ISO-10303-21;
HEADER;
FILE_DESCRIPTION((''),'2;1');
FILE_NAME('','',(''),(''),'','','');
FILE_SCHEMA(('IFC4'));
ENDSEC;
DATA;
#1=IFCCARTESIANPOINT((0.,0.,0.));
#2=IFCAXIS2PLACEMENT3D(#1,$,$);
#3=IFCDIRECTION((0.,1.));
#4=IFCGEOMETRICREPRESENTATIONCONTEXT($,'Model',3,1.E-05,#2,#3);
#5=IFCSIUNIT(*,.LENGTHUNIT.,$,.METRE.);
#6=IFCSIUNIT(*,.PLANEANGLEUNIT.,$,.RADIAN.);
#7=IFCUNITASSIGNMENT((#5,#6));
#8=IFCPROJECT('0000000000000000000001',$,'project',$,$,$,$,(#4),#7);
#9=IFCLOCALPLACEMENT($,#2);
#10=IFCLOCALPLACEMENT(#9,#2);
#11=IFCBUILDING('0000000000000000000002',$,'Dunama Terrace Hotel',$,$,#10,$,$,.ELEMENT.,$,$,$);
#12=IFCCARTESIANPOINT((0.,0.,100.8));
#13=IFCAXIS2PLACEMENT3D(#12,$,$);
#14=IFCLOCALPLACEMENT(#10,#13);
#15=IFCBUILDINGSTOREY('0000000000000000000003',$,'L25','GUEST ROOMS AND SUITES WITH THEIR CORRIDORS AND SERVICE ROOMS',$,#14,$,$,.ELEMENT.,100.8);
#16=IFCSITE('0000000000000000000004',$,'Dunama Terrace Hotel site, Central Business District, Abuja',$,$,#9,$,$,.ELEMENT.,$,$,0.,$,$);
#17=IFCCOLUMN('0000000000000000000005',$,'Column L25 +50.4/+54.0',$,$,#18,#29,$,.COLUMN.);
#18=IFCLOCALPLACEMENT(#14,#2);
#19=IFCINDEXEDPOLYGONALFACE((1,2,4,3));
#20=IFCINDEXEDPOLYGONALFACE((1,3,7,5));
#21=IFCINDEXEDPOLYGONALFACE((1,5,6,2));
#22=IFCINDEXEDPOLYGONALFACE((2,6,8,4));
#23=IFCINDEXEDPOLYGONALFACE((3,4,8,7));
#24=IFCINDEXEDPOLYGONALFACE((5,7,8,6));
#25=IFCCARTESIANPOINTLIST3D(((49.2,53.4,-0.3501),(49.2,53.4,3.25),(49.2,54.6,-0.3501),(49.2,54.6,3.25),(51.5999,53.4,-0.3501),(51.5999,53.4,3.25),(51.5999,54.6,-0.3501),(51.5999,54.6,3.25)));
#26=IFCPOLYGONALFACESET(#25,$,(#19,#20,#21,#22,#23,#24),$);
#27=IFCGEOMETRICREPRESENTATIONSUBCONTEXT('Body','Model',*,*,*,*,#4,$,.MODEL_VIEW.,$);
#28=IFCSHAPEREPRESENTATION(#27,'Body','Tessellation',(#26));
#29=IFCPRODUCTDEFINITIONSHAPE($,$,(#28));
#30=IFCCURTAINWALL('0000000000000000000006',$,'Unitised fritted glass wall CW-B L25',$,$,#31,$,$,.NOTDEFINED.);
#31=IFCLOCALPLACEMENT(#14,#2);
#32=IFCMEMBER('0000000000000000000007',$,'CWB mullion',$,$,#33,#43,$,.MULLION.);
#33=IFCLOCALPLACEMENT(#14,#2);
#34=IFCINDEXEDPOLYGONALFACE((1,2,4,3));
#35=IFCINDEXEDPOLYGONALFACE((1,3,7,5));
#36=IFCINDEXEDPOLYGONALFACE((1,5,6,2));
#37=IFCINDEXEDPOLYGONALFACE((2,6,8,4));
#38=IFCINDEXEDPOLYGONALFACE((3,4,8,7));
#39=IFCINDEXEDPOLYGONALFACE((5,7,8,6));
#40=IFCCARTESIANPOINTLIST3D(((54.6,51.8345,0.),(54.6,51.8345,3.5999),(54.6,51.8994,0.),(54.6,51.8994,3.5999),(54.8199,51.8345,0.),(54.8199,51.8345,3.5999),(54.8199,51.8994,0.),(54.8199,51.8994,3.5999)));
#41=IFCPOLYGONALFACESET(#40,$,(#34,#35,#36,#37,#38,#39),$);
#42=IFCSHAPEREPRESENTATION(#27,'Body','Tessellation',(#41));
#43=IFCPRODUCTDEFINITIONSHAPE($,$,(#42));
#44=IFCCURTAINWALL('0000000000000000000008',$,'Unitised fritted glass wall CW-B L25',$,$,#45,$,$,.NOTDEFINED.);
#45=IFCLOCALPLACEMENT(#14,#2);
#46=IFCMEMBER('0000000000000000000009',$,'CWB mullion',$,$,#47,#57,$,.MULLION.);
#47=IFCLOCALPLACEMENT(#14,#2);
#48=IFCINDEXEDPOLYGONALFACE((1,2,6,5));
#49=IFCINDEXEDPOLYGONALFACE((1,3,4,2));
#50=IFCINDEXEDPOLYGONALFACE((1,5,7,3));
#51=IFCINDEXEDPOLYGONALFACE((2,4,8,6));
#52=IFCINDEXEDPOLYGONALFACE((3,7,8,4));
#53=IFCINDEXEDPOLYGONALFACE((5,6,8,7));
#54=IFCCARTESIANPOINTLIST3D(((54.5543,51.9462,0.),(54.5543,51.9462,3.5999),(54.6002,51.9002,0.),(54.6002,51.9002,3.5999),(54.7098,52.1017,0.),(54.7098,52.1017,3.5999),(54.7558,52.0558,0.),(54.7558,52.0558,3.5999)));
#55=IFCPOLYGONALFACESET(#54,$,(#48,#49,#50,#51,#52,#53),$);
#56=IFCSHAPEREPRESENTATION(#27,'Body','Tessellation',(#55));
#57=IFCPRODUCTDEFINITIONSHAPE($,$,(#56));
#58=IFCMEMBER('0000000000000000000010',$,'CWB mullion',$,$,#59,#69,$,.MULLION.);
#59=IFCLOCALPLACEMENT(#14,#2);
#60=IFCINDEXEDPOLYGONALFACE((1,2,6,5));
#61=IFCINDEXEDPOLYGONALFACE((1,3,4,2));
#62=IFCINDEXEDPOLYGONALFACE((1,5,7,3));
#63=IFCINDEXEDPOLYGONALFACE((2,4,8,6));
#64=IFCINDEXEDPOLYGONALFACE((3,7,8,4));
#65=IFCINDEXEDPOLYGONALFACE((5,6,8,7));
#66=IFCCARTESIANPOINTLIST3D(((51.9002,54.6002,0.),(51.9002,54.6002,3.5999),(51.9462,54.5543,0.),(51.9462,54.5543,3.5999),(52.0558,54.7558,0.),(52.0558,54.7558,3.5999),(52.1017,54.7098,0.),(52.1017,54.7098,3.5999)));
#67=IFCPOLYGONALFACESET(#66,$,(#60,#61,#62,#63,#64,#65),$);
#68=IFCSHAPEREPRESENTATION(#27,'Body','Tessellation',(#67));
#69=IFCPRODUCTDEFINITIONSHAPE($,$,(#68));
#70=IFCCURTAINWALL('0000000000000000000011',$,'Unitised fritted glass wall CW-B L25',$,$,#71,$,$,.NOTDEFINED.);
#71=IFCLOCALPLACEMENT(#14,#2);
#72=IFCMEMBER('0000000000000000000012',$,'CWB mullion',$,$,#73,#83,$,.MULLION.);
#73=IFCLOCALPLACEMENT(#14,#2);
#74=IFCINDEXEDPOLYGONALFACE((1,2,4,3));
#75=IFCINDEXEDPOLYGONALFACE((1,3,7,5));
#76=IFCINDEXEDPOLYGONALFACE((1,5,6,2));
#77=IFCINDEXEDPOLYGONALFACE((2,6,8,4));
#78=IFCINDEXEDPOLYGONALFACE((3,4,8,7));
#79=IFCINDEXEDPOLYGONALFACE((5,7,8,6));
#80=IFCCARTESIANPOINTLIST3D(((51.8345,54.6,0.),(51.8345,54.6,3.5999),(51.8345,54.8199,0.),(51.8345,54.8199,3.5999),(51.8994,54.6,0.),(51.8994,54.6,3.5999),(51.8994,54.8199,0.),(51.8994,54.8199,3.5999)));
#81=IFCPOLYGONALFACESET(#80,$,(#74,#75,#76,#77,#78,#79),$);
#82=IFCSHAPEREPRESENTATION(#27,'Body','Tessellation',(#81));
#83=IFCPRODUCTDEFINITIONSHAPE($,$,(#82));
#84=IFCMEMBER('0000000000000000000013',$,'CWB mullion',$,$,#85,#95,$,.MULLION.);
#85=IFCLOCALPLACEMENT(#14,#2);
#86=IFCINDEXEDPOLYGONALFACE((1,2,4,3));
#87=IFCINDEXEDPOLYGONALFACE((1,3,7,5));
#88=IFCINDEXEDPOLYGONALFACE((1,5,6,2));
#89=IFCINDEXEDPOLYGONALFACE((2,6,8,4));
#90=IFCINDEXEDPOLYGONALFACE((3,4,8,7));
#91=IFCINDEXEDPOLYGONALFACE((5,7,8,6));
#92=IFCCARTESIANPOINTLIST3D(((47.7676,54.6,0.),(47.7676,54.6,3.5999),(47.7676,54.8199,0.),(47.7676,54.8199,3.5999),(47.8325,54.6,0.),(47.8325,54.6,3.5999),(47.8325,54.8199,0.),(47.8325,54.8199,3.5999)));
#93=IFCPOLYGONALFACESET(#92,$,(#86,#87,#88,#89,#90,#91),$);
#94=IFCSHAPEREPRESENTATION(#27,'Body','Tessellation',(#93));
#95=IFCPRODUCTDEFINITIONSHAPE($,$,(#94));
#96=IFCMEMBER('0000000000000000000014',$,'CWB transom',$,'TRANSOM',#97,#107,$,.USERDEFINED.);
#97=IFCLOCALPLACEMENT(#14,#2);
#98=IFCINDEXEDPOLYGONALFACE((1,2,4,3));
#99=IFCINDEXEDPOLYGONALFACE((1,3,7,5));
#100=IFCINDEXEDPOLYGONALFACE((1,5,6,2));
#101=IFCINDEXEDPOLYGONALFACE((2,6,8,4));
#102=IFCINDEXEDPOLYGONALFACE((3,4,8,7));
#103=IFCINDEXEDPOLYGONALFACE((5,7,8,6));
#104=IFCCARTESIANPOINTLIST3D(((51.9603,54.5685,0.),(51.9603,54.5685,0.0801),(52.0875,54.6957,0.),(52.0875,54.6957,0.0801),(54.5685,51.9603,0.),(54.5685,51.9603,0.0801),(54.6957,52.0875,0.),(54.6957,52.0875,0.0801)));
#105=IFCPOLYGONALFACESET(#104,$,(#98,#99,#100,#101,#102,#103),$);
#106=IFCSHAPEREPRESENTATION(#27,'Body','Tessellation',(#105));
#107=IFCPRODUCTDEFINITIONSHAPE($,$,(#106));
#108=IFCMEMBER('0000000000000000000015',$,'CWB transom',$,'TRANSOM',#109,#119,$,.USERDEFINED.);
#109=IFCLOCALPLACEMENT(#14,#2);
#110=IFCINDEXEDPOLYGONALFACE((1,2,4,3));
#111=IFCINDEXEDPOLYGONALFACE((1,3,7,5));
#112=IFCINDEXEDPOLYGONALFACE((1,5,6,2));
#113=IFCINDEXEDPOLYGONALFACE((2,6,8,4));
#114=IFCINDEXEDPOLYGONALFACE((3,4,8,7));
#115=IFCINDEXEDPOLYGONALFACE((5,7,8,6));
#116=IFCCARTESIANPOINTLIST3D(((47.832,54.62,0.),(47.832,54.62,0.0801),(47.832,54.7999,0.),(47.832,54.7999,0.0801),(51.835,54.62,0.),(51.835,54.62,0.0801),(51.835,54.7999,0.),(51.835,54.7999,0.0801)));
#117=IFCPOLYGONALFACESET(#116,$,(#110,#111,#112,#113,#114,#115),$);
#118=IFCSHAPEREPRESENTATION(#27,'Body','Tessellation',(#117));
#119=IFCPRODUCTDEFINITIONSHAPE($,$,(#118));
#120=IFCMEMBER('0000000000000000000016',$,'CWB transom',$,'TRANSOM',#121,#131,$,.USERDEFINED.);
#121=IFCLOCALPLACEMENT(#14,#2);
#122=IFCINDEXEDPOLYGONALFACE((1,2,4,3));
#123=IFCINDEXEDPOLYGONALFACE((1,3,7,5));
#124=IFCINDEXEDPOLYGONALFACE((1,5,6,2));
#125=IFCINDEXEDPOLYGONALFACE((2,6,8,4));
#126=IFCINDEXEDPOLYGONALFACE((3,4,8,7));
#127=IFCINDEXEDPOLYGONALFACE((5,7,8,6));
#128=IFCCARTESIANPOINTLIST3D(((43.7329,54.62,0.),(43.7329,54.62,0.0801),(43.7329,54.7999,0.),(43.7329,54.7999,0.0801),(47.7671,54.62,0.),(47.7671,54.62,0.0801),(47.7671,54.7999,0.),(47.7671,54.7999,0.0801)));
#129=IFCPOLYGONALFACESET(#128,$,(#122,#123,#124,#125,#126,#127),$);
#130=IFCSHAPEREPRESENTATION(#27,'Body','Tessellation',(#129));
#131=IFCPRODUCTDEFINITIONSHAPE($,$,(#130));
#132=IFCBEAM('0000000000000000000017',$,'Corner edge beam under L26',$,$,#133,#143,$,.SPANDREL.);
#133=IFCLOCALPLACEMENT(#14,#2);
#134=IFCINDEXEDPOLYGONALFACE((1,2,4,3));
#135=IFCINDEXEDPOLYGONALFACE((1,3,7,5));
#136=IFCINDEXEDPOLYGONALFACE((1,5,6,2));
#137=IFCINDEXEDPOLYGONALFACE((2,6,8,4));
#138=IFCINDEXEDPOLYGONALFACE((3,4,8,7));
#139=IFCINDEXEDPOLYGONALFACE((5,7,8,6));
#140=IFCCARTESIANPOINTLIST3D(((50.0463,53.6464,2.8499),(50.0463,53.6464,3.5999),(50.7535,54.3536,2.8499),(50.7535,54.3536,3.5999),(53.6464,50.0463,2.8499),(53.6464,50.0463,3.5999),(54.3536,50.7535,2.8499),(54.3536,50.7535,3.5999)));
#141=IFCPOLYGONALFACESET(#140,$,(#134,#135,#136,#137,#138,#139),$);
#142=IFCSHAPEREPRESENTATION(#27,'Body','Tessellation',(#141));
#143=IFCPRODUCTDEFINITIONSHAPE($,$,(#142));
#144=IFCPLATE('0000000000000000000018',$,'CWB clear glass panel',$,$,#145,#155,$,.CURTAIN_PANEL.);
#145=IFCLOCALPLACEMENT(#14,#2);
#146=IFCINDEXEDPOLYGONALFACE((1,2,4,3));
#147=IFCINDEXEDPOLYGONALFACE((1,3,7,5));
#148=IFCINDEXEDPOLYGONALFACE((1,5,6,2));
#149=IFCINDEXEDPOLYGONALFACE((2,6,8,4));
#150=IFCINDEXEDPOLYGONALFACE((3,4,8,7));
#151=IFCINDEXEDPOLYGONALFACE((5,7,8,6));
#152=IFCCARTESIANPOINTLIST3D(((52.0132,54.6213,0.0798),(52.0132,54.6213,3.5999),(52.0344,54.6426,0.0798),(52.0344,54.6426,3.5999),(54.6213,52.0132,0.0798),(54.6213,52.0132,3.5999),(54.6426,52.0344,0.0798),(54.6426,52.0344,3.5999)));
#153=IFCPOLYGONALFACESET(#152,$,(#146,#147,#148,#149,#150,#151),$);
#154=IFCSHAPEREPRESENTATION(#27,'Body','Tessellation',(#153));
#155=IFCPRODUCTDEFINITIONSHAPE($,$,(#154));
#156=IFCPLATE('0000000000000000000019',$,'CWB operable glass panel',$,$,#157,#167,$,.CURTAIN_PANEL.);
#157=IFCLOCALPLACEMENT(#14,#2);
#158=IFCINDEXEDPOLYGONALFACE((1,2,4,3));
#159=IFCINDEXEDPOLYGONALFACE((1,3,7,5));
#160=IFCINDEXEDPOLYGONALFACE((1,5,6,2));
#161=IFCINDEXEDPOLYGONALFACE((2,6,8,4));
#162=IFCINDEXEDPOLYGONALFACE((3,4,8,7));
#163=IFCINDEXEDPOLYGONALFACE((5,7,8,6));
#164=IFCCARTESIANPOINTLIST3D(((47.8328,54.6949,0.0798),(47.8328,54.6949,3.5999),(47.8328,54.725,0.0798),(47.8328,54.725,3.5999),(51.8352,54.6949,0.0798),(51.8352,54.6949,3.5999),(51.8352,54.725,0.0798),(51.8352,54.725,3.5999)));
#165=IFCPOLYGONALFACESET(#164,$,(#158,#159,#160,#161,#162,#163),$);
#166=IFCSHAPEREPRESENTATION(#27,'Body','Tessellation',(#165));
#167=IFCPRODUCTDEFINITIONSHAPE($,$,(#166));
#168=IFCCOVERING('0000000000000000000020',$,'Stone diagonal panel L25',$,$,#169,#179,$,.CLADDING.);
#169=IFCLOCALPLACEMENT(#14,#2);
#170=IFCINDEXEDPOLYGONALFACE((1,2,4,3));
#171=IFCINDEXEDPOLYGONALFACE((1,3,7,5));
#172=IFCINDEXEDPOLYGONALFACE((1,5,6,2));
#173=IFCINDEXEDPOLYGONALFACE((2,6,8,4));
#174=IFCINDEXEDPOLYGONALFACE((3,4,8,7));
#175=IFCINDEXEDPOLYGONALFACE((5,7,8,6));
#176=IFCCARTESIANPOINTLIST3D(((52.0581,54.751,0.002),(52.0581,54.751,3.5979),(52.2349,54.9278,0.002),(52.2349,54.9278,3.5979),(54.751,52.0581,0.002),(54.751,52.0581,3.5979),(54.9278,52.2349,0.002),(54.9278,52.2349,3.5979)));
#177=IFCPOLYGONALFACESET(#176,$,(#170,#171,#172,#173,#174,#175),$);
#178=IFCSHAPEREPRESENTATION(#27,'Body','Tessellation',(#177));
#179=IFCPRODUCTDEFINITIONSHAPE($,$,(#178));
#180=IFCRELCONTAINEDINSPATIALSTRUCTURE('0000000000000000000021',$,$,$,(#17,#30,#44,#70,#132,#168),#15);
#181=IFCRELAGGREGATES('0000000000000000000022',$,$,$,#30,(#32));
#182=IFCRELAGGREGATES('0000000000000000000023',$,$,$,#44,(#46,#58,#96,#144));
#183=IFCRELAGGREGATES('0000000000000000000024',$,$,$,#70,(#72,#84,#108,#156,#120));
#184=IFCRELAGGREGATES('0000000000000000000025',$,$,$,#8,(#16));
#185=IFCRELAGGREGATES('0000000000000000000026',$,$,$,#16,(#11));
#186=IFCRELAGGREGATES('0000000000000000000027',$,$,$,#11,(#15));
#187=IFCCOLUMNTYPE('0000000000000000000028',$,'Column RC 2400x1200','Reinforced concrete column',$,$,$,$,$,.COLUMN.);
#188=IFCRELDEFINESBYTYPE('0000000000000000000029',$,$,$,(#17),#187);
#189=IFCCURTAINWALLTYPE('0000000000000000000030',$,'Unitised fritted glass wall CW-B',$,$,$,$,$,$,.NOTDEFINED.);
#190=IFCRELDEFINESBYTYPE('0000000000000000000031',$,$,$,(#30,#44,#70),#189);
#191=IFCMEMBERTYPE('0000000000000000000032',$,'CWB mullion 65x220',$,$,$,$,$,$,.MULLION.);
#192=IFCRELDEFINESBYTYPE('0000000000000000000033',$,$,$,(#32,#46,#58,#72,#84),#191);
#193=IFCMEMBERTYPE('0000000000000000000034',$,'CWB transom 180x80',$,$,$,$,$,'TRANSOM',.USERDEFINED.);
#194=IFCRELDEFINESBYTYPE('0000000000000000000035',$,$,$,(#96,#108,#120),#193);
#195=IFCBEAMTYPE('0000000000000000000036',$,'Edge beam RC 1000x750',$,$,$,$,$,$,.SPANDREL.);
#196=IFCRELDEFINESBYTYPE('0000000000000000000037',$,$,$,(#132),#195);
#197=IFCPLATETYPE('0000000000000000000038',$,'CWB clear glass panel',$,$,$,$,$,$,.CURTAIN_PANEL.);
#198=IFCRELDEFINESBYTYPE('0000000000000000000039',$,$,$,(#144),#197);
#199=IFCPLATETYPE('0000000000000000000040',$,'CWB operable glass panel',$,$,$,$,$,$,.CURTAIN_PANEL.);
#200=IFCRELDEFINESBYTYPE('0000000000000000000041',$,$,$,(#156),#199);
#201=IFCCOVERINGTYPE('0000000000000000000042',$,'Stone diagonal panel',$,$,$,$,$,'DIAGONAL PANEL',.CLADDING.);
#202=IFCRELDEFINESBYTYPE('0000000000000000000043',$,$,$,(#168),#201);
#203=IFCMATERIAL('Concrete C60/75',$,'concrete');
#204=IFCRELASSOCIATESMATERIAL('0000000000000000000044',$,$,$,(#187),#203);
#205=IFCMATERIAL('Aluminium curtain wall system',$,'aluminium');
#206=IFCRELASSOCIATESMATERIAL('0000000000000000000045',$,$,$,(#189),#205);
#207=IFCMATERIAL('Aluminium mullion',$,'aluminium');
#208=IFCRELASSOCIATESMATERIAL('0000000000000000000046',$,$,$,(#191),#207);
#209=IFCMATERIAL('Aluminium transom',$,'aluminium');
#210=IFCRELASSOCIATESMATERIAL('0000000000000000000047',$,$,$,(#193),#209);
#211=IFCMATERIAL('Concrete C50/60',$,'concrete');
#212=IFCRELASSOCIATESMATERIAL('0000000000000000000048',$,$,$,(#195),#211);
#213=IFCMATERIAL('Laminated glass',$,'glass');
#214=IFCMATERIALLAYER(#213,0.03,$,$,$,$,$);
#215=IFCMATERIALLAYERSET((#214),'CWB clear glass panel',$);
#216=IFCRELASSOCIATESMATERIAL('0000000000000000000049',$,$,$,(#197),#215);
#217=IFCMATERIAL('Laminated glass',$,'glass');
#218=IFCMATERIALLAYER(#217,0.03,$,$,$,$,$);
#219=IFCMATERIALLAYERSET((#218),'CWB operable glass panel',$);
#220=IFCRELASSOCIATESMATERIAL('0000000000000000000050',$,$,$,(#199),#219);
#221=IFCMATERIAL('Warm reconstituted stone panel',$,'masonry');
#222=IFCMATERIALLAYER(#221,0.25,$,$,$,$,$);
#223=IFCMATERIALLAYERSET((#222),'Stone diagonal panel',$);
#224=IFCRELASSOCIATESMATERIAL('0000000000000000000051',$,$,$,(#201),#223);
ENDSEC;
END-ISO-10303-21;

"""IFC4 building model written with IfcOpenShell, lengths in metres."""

from ifc_helpers import new_model, si_unit, direction, frame, origin, origin_2d, place, context, subcontext, project, spatial, rectangle, extrude, material, layer, layer_set, material_profile, profile_set, type_object, element, aggregate, save


model = new_model("IFC4")

# Units and contexts
model_context = context("Model", 3, precision=1e-05, world=origin(), true_north=direction((0.0, 1.0)))
body_context = subcontext(model_context, "Body", "Model", "MODEL_VIEW")
ifc_project = project(units=[si_unit("LENGTHUNIT", "METRE"), si_unit("PLANEANGLEUNIT", "RADIAN")], contexts=[model_context])

# Site, building, storey
site_placement = place(None, origin())
site = spatial("IfcSite", under=ifc_project, at=site_placement, Name="Dunama Terrace Hotel site, Central Business District, Abuja", CompositionType="ELEMENT", RefElevation=0.0)
building_placement = place(site_placement, origin())
building = spatial("IfcBuilding", under=site, at=building_placement, Name="Dunama Terrace Hotel", CompositionType="ELEMENT")
storey_placement = place(building_placement, frame((0.0, 0.0, 100.8)))
storey = spatial("IfcBuildingStorey", under=building, at=storey_placement, Name="L25", Description="GUEST ROOMS AND SUITES WITH THEIR CORRIDORS AND SERVICE ROOMS", CompositionType="ELEMENT", Elevation=100.8)

# Column
ifc_material_1 = material(Name="Concrete C60/75", Category="concrete")
ifc_material_profile_1 = material_profile(ifc_material_1, rectangle(XDim=2.3999, YDim=1.2, at=origin_2d()), Name="RC 2400x1200")
ifc_profile_set_1 = profile_set([ifc_material_profile_1], Name="Concrete C60/75")
column_type = type_object("IfcColumnType", Name="Column RC 2400x1200", Description="Reinforced concrete column", PredefinedType="COLUMN", material=ifc_profile_set_1)
column_placement = place(storey_placement, frame((50.3999, 54.0, -0.3501), z_axis=(0.0, 0.0, 1.0), x_axis=(1.0, 0.0, 0.0)))
element("IfcColumn", 1, at=column_placement, inside=storey, type_object=column_type, Name="Column L25 +50.4/+54.0", PredefinedType="COLUMN", context=body_context, shape_type="SweptSolid", body=[
    extrude(rectangle(XDim=2.3999, YDim=1.2, at=origin_2d()), origin(), (0.0, 0.0, 1.0), 3.6001),
])

# Curtain wall, member
ifc_material_2 = material(Name="Aluminium curtain wall system", Category="aluminium")
curtain_wall_type = type_object("IfcCurtainWallType", Name="Unitised fritted glass wall CW-B", PredefinedType="NOTDEFINED", material=ifc_material_2)
curtain_wall_1_placement = place(storey_placement, origin())
curtain_wall_1 = element("IfcCurtainWall", 2, at=curtain_wall_1_placement, inside=storey, type_object=curtain_wall_type, Name="Unitised fritted glass wall CW-B L25", PredefinedType="NOTDEFINED")
ifc_material_3 = material(Name="Aluminium mullion", Category="aluminium")
ifc_material_profile_2 = material_profile(ifc_material_3, rectangle(XDim=0.0649, YDim=0.22, at=origin_2d()), Name="CWB MULLION 65X220")
ifc_profile_set_2 = profile_set([ifc_material_profile_2], Name="Aluminium mullion")
member_type_1 = type_object("IfcMemberType", Name="CWB mullion 65x220", PredefinedType="MULLION", material=ifc_profile_set_2)
member_1_placement = place(storey_placement, frame((54.71, 51.8669, 0.0), z_axis=(0.0, 0.0, 1.0), x_axis=(0.0, 1.0, 0.0)))
member_1 = element("IfcMember", 3, at=member_1_placement, type_object=member_type_1, Name="CWB mullion", PredefinedType="MULLION", context=body_context, shape_type="SweptSolid", body=[
    extrude(rectangle(XDim=0.0649, YDim=0.22, at=origin_2d()), origin(), (0.0, 0.0, 1.0), 3.5999),
])
aggregate(curtain_wall_1, [member_1])

# Curtain walls, members
curtain_wall_2_placement = place(storey_placement, origin())
curtain_wall_2 = element("IfcCurtainWall", 4, at=curtain_wall_2_placement, inside=storey, type_object=curtain_wall_type, Name="Unitised fritted glass wall CW-B L25", PredefinedType="NOTDEFINED")
member_2_placement = place(storey_placement, frame((54.655, 52.001, 0.0), z_axis=(0.0, 0.0, 1.0), x_axis=(-0.707107, 0.707107, 0.0)))
member_2 = element("IfcMember", 5, at=member_2_placement, type_object=member_type_1, Name="CWB mullion", PredefinedType="MULLION", context=body_context, shape_type="SweptSolid", body=[
    extrude(rectangle(XDim=0.0649, YDim=0.22, at=origin_2d()), origin(), (0.0, 0.0, 1.0), 3.5999),
])
member_3_placement = place(storey_placement, frame((52.001, 54.655, 0.0), z_axis=(0.0, 0.0, 1.0), x_axis=(-0.707107, 0.707107, 0.0)))
member_3 = element("IfcMember", 6, at=member_3_placement, type_object=member_type_1, Name="CWB mullion", PredefinedType="MULLION", context=body_context, shape_type="SweptSolid", body=[
    extrude(rectangle(XDim=0.0649, YDim=0.22, at=origin_2d()), origin(), (0.0, 0.0, 1.0), 3.5999),
])
curtain_wall_3_placement = place(storey_placement, origin())
curtain_wall_3 = element("IfcCurtainWall", 7, at=curtain_wall_3_placement, inside=storey, type_object=curtain_wall_type, Name="Unitised fritted glass wall CW-B L25", PredefinedType="NOTDEFINED")
member_4_placement = place(storey_placement, frame((51.8669, 54.71, 0.0), z_axis=(0.0, 0.0, 1.0), x_axis=(-1.0, 0.0, 0.0)))
member_4 = element("IfcMember", 8, at=member_4_placement, type_object=member_type_1, Name="CWB mullion", PredefinedType="MULLION", context=body_context, shape_type="SweptSolid", body=[
    extrude(rectangle(XDim=0.0649, YDim=0.22, at=origin_2d()), origin(), (0.0, 0.0, 1.0), 3.5999),
])
member_5_placement = place(storey_placement, frame((47.8, 54.71, 0.0), z_axis=(0.0, 0.0, 1.0), x_axis=(-1.0, 0.0, 0.0)))
member_5 = element("IfcMember", 9, at=member_5_placement, type_object=member_type_1, Name="CWB mullion", PredefinedType="MULLION", context=body_context, shape_type="SweptSolid", body=[
    extrude(rectangle(XDim=0.0649, YDim=0.22, at=origin_2d()), origin(), (0.0, 0.0, 1.0), 3.5999),
])

# Members
ifc_material_4 = material(Name="Aluminium transom", Category="aluminium")
ifc_material_profile_3 = material_profile(ifc_material_4, rectangle(XDim=0.1799, YDim=0.0801, at=origin_2d()), Name="CWB TRANSOM 180X80")
ifc_profile_set_3 = profile_set([ifc_material_profile_3], Name="Aluminium transom")
member_type_2 = type_object("IfcMemberType", Name="CWB transom 180x80", ElementType="TRANSOM", PredefinedType="USERDEFINED", material=ifc_profile_set_3)
member_6_placement = place(storey_placement, frame((54.6321, 52.0239, 0.04), z_axis=(-0.707107, 0.707107, 0.0), x_axis=(-0.707107, -0.707107, 0.0)))
member_6 = element("IfcMember", 10, at=member_6_placement, type_object=member_type_2, Name="CWB transom", ObjectType="TRANSOM", PredefinedType="USERDEFINED", context=body_context, shape_type="SweptSolid", body=[
    extrude(rectangle(XDim=0.1799, YDim=0.0801, at=origin_2d()), origin(), (0.0, 0.0, 1.0), 3.6885),
])
member_7_placement = place(storey_placement, frame((51.835, 54.71, 0.04), z_axis=(-1.0, 0.0, 0.0), x_axis=(0.0, -1.0, 0.0)))
member_7 = element("IfcMember", 11, at=member_7_placement, type_object=member_type_2, Name="CWB transom", ObjectType="TRANSOM", PredefinedType="USERDEFINED", context=body_context, shape_type="SweptSolid", body=[
    extrude(rectangle(XDim=0.1799, YDim=0.0801, at=origin_2d()), origin(), (0.0, 0.0, 1.0), 4.0029),
])
member_8_placement = place(storey_placement, frame((47.7671, 54.71, 0.04), z_axis=(-1.0, 0.0, 0.0), x_axis=(0.0, -1.0, 0.0)))
member_8 = element("IfcMember", 12, at=member_8_placement, type_object=member_type_2, Name="CWB transom", ObjectType="TRANSOM", PredefinedType="USERDEFINED", context=body_context, shape_type="SweptSolid", body=[
    extrude(rectangle(XDim=0.1799, YDim=0.0801, at=origin_2d()), origin(), (0.0, 0.0, 1.0), 4.0342),
])

# Beam
ifc_material_5 = material(Name="Concrete C50/60", Category="concrete")
ifc_material_profile_4 = material_profile(ifc_material_5, rectangle(XDim=1.0, YDim=0.75, at=origin_2d()), Name="RC 1000x750")
ifc_profile_set_4 = profile_set([ifc_material_profile_4], Name="Concrete C50/60")
beam_type = type_object("IfcBeamType", Name="Edge beam RC 1000x750", PredefinedType="SPANDREL", material=ifc_profile_set_4)
beam_placement = place(storey_placement, frame((50.3999, 54.0, 3.2249), z_axis=(0.707107, -0.707107, 0.0), x_axis=(0.707107, 0.707107, 0.0)))
element("IfcBeam", 13, at=beam_placement, inside=storey, type_object=beam_type, Name="Corner edge beam under L26", PredefinedType="SPANDREL", context=body_context, shape_type="SweptSolid", body=[
    extrude(rectangle(XDim=1.0, YDim=0.75, at=origin_2d()), origin(), (0.0, 0.0, 1.0), 5.0913),
])

# Plates
ifc_material_6 = material(Name="Laminated glass", Category="glass")
ifc_layer_1 = layer(ifc_material_6, 0.03)
ifc_layer_set_1 = layer_set([ifc_layer_1], Name="CWB clear glass panel")
plate_type_1 = type_object("IfcPlateType", Name="CWB clear glass panel", PredefinedType="CURTAIN_PANEL", material=ifc_layer_set_1)
plate_1_placement = place(storey_placement, frame((53.3279, 53.3279, 0.0798), z_axis=(0.0, 0.0, 1.0), x_axis=(-0.707107, 0.707107, 0.0)))
plate_1 = element("IfcPlate", 14, at=plate_1_placement, type_object=plate_type_1, Name="CWB clear glass panel", PredefinedType="CURTAIN_PANEL", context=body_context, shape_type="SweptSolid", body=[
    extrude(rectangle(XDim=3.6885, YDim=0.03, at=origin_2d()), origin(), (0.0, 0.0, 1.0), 3.52),
])
aggregate(curtain_wall_2, [member_2, member_3, member_6, plate_1])
ifc_material_7 = material(Name="Laminated glass", Category="glass")
ifc_layer_2 = layer(ifc_material_7, 0.03)
ifc_layer_set_2 = layer_set([ifc_layer_2], Name="CWB operable glass panel")
plate_type_2 = type_object("IfcPlateType", Name="CWB operable glass panel", PredefinedType="CURTAIN_PANEL", material=ifc_layer_set_2)
plate_2_placement = place(storey_placement, frame((49.834, 54.71, 0.0798), z_axis=(0.0, 0.0, 1.0), x_axis=(-1.0, 0.0, 0.0)))
plate_2 = element("IfcPlate", 15, at=plate_2_placement, type_object=plate_type_2, Name="CWB operable glass panel", PredefinedType="CURTAIN_PANEL", context=body_context, shape_type="SweptSolid", body=[
    extrude(rectangle(XDim=4.0024, YDim=0.03, at=origin_2d()), origin(), (0.0, 0.0, 1.0), 3.52),
])
aggregate(curtain_wall_3, [member_4, member_5, member_7, plate_2, member_8])

# Covering
ifc_material_8 = material(Name="Warm reconstituted stone panel", Category="masonry")
ifc_layer_3 = layer(ifc_material_8, 0.25)
ifc_layer_set_3 = layer_set([ifc_layer_3], Name="Stone diagonal panel")
covering_type = type_object("IfcCoveringType", Name="Stone diagonal panel", ElementType="DIAGONAL PANEL", PredefinedType="CLADDING", material=ifc_layer_set_3)
covering_placement = place(storey_placement, frame((53.4929, 53.4929, 0.002), z_axis=(0.0, 0.0, 1.0), x_axis=(-0.707107, 0.707107, 0.0)))
element("IfcCovering", 16, at=covering_placement, inside=storey, type_object=covering_type, Name="Stone diagonal panel L25", PredefinedType="CLADDING", context=body_context, shape_type="SweptSolid", body=[
    extrude(rectangle(XDim=3.8083, YDim=0.25, at=origin_2d()), origin(), (0.0, 0.0, 1.0), 3.5959),
])

save(model, "model.ifc")
